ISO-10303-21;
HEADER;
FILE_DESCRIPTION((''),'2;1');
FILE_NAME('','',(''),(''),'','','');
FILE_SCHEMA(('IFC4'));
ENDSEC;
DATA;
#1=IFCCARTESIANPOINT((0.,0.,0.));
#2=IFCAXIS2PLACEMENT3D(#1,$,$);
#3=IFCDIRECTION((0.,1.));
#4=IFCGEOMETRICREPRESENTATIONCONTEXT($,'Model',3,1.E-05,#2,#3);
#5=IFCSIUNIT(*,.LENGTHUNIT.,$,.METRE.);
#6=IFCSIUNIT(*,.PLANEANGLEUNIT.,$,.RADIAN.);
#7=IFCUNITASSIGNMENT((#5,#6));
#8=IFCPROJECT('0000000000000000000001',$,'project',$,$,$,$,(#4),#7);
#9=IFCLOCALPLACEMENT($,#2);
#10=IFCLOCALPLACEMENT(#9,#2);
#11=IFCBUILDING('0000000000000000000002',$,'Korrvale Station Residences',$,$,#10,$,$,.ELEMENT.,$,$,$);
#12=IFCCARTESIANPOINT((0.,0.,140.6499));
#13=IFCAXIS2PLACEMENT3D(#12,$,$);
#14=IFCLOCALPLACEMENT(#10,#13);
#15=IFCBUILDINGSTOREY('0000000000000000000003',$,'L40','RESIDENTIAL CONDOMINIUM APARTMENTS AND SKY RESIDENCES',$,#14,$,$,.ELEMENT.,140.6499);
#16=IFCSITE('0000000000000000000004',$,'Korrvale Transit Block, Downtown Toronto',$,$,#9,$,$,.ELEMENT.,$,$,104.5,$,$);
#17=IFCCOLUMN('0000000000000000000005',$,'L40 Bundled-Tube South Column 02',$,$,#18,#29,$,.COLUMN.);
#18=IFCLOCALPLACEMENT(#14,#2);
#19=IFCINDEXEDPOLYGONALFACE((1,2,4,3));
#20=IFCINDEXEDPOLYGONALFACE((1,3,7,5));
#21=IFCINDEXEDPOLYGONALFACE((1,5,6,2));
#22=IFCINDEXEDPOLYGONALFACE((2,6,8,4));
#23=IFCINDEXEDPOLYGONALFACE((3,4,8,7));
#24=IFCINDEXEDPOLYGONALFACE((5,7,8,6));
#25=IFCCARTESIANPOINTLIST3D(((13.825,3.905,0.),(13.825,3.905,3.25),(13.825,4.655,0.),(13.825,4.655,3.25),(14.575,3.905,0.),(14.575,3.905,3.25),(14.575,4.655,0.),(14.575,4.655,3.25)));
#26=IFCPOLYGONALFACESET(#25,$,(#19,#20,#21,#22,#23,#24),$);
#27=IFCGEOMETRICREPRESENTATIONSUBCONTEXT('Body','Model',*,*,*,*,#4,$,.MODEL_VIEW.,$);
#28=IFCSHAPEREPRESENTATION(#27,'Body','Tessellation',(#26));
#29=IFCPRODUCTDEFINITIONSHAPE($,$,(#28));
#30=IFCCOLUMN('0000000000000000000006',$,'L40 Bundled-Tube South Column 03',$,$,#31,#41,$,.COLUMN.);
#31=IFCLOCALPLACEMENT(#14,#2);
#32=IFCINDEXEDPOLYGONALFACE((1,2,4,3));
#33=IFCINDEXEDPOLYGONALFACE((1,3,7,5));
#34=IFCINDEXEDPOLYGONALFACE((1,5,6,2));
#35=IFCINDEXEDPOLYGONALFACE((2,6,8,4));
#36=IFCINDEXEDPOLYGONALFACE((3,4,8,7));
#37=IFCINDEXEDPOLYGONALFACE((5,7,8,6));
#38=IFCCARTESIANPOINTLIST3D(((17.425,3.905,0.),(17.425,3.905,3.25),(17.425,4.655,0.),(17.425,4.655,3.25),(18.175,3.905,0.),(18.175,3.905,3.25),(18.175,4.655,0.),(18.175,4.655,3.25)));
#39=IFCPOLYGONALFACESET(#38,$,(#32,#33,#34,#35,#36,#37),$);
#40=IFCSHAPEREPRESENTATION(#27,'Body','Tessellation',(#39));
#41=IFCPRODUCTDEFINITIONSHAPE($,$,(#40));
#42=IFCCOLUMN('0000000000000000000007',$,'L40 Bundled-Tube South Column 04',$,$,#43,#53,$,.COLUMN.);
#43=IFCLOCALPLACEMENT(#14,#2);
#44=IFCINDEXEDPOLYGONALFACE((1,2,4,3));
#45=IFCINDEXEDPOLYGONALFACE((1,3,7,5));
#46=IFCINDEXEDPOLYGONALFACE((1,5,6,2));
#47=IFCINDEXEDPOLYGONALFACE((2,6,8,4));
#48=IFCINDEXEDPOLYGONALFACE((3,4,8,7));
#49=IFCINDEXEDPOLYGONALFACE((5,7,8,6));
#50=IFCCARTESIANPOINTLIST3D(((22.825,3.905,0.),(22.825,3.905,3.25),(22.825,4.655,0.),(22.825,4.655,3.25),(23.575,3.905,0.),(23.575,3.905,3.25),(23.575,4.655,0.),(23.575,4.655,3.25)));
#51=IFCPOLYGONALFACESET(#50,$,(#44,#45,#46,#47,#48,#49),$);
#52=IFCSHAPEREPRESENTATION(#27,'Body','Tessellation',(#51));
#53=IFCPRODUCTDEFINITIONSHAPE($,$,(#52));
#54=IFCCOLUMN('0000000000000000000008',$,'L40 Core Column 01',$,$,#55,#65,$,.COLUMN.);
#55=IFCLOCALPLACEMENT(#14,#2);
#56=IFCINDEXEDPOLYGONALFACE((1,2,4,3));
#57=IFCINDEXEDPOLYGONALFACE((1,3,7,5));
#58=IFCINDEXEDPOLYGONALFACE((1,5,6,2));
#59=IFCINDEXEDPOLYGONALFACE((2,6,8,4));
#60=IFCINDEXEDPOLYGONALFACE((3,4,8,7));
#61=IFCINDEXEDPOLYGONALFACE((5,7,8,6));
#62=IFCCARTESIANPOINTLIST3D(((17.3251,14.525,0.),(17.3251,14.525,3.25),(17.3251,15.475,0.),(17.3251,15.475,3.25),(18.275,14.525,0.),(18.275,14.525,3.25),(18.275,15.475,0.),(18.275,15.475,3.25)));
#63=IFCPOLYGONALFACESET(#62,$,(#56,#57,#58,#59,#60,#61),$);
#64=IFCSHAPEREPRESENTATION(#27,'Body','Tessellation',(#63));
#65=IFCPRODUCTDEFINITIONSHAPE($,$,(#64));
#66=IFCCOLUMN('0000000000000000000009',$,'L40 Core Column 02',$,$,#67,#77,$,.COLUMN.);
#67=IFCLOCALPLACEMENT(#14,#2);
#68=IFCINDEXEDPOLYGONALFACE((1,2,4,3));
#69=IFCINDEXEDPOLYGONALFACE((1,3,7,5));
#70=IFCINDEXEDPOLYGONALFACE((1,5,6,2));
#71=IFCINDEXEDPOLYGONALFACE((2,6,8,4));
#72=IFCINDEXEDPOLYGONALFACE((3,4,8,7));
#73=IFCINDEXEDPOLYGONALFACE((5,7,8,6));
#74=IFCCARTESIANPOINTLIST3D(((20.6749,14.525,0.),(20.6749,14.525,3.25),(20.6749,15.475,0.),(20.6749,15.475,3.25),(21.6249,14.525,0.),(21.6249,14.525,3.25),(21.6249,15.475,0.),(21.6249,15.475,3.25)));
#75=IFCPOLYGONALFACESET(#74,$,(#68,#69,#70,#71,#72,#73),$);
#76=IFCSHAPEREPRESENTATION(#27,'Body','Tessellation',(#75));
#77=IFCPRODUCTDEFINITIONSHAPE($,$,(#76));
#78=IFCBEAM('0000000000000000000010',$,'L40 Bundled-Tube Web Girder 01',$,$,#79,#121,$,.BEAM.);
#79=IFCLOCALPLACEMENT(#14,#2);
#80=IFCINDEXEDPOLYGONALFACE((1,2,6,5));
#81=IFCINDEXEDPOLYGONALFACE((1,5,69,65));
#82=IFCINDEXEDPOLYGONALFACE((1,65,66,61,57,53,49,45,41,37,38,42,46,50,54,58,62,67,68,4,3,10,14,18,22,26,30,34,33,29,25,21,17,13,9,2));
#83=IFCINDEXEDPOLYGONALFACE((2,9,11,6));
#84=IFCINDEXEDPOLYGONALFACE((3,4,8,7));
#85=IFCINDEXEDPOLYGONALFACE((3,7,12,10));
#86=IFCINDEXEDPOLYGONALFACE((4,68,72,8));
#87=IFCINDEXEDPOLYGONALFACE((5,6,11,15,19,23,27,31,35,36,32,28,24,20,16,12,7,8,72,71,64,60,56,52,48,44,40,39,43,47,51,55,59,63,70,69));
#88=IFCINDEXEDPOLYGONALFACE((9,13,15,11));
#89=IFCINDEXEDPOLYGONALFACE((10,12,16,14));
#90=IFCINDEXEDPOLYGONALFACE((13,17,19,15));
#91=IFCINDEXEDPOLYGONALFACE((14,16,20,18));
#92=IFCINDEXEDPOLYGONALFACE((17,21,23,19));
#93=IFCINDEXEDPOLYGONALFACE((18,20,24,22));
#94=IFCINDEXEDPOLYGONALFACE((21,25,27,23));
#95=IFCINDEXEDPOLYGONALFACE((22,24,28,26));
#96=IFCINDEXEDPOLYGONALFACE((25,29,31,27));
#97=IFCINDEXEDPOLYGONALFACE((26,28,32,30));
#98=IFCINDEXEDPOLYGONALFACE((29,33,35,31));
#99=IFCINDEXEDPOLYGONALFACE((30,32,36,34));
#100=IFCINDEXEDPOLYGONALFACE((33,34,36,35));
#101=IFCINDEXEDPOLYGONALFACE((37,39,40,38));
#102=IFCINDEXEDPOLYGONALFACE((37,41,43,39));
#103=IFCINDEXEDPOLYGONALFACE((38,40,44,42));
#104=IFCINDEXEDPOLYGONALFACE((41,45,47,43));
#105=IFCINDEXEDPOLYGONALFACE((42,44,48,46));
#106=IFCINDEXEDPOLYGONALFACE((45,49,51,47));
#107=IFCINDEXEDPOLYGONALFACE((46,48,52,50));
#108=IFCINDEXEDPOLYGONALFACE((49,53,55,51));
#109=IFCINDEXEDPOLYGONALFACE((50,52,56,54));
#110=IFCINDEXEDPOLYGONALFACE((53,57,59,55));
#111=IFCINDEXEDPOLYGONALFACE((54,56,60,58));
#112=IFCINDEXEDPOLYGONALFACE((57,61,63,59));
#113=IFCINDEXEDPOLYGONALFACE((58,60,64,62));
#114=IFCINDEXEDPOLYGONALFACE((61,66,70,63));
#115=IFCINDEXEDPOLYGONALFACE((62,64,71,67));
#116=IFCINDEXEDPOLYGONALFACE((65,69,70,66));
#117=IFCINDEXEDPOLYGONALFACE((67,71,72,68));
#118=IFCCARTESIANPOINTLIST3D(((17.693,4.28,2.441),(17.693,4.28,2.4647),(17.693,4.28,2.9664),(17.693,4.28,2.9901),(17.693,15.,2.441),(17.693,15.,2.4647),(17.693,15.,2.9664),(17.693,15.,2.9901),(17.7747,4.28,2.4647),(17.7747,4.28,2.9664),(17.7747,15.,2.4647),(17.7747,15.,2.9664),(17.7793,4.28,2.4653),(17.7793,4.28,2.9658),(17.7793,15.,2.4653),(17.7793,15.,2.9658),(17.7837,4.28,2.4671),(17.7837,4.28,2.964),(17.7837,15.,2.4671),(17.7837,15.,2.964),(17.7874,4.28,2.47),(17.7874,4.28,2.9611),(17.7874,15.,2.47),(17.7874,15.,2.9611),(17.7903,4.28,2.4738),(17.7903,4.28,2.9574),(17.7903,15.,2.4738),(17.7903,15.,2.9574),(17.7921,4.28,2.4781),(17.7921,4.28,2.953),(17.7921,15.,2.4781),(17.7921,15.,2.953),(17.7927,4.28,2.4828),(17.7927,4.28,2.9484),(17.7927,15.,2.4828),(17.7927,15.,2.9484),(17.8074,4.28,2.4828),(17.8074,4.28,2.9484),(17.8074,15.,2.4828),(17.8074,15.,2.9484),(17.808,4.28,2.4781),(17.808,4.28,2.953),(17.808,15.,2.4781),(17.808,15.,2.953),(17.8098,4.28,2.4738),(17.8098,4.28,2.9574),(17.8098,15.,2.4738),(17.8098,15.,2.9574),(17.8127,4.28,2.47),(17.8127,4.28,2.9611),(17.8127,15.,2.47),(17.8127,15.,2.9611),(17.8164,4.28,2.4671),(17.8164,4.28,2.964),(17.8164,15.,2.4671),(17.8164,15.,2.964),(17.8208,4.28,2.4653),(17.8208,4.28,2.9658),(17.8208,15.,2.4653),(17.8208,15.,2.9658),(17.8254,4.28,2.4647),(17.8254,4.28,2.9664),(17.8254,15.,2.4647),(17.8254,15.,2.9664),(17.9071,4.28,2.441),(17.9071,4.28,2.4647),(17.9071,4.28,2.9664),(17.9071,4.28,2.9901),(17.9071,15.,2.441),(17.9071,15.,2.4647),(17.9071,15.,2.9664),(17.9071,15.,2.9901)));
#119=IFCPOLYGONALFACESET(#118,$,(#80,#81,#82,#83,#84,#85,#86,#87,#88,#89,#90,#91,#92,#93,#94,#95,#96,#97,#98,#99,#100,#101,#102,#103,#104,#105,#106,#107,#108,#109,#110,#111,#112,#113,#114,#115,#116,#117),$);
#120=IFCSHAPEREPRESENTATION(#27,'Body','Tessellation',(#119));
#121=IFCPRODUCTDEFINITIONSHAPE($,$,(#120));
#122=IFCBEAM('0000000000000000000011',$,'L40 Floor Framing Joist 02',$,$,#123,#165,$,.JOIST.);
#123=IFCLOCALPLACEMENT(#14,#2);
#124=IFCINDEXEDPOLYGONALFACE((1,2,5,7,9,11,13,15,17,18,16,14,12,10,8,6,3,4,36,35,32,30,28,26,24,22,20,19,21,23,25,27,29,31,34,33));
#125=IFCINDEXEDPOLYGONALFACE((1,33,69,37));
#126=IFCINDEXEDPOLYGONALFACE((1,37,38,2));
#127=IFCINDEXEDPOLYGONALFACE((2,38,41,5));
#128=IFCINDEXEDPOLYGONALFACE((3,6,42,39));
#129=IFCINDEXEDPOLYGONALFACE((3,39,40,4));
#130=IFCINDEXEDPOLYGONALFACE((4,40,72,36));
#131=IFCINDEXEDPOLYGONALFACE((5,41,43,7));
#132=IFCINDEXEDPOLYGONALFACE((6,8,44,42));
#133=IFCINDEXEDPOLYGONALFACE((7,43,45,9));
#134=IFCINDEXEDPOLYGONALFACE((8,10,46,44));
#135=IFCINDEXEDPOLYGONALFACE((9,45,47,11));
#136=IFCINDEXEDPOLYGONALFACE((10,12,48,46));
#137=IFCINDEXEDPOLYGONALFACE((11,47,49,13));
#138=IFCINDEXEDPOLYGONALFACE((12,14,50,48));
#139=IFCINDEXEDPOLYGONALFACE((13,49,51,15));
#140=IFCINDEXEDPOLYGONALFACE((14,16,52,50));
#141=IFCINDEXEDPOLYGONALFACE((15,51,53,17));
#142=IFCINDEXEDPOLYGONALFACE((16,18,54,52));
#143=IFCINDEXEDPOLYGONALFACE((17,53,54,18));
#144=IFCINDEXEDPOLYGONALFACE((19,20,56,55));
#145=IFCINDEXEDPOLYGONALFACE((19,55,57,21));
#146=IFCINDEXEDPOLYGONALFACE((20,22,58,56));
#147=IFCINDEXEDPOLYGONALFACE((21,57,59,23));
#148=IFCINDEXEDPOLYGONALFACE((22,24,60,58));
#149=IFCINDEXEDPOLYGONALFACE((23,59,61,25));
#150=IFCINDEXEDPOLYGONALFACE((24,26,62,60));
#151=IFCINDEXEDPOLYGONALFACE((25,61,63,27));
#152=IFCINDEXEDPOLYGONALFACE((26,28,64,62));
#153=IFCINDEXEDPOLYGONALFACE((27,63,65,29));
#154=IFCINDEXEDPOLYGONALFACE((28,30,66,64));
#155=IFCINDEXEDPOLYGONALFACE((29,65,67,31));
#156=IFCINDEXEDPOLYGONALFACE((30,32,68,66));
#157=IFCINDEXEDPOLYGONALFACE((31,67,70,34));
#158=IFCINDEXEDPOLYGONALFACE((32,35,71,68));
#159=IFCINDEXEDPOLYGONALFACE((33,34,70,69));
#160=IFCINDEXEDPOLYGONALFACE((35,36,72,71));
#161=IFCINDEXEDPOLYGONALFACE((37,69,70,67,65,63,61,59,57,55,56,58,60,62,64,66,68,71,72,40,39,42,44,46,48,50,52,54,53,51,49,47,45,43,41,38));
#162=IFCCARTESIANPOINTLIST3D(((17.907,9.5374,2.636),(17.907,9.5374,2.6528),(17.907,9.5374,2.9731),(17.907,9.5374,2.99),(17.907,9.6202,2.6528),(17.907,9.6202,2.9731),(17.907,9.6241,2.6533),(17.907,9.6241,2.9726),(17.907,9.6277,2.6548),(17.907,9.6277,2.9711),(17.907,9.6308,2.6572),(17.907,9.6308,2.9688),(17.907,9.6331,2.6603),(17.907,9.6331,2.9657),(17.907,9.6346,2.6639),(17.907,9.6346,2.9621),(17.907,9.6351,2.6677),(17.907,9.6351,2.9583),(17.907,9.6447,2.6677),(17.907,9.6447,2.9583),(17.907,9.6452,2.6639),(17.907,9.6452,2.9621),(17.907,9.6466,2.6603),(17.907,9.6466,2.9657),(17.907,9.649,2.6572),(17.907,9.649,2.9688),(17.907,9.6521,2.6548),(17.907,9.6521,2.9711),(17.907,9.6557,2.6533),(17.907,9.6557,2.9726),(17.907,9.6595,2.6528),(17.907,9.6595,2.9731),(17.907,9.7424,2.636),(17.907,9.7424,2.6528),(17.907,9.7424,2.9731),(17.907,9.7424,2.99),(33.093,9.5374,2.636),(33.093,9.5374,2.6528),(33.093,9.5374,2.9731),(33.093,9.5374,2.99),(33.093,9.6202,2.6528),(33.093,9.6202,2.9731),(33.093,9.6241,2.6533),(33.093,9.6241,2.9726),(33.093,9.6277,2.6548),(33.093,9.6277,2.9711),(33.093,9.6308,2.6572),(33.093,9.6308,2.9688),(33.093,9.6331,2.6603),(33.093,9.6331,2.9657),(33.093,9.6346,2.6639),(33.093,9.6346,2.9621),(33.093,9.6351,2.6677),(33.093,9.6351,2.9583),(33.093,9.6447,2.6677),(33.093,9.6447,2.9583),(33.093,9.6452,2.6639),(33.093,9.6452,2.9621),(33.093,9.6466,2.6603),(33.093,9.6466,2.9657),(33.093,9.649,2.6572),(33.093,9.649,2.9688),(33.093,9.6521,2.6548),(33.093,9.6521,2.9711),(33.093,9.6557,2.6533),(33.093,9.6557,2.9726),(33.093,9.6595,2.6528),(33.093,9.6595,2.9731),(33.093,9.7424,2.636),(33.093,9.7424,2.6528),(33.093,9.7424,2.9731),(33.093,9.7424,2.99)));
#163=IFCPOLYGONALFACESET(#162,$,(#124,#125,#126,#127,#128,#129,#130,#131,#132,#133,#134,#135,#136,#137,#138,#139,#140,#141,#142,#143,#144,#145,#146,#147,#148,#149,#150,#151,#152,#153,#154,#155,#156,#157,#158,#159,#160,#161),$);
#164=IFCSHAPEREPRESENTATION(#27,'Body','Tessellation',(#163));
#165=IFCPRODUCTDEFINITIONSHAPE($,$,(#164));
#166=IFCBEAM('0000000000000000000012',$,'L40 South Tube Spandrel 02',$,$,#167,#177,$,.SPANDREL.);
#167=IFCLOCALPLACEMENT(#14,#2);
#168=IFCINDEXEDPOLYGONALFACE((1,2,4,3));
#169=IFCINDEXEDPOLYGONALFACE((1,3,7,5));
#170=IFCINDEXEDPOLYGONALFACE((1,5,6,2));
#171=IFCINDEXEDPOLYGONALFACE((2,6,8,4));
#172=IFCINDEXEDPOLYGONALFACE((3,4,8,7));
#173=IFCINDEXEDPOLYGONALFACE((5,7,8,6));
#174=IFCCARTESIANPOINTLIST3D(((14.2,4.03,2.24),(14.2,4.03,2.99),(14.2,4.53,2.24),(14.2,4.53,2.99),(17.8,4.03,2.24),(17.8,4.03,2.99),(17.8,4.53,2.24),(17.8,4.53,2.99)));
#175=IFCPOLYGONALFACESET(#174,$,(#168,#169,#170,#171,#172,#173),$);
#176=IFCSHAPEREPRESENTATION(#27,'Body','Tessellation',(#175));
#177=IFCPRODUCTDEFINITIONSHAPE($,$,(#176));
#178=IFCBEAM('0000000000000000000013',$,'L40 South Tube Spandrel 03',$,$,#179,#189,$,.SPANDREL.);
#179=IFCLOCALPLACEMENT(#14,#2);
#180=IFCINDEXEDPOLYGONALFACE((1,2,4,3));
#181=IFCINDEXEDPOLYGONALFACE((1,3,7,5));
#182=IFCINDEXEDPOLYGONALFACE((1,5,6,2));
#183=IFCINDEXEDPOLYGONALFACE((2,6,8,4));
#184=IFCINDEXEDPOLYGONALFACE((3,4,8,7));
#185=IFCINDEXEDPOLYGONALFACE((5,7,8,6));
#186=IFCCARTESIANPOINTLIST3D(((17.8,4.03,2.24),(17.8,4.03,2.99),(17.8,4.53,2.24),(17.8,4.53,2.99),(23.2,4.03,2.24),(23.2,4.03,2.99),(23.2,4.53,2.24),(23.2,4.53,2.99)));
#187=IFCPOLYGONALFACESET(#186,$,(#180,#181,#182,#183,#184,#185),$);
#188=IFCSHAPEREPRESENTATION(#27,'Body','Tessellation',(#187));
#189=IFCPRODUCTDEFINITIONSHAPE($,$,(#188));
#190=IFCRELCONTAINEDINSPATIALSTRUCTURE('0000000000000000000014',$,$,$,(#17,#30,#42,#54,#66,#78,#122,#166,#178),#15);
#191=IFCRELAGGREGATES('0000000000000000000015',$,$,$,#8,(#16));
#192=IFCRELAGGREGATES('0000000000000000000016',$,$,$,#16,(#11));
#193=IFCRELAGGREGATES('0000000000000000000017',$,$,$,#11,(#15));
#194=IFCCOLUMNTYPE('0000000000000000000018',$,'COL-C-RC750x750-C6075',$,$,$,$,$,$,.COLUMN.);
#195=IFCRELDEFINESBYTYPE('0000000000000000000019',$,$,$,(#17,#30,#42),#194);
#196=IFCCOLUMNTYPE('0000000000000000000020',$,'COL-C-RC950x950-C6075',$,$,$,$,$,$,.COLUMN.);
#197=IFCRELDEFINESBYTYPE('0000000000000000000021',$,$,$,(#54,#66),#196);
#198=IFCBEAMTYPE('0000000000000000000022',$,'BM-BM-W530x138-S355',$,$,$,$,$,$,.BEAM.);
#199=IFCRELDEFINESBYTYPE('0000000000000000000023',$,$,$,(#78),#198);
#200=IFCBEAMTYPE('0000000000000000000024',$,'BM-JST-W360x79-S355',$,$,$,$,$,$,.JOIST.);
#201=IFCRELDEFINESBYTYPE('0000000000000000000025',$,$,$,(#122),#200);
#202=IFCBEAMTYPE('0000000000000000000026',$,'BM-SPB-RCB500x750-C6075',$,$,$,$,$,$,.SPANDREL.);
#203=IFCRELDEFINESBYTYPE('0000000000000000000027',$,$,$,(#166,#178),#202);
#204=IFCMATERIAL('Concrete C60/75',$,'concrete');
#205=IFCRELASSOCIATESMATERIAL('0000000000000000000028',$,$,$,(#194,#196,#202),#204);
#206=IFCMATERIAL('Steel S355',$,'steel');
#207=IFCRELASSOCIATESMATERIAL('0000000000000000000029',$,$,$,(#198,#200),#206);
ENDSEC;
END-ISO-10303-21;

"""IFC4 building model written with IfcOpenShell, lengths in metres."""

from ifc_helpers import new_model, si_unit, direction, frame, origin, origin_2d, place, context, subcontext, project, spatial, rectangle, i_section, extrude, material, material_profile, profile_set, type_object, element, save


model = new_model("IFC4")

# Units and contexts
model_context = context("Model", 3, precision=1e-05, world=origin(), true_north=direction((0.0, 1.0)))
body_context = subcontext(model_context, "Body", "Model", "MODEL_VIEW")
ifc_project = project(units=[si_unit("LENGTHUNIT", "METRE"), si_unit("PLANEANGLEUNIT", "RADIAN")], contexts=[model_context])

# Site, building, storey
site_placement = place(None, origin())
site = spatial("IfcSite", under=ifc_project, at=site_placement, Name="Korrvale Transit Block, Downtown Toronto", CompositionType="ELEMENT", RefElevation=104.5)
building_placement = place(site_placement, origin())
building = spatial("IfcBuilding", under=site, at=building_placement, Name="Korrvale Station Residences", CompositionType="ELEMENT")
storey_placement = place(building_placement, frame((0.0, 0.0, 140.6499)))
storey = spatial("IfcBuildingStorey", under=building, at=storey_placement, Name="L40", Description="RESIDENTIAL CONDOMINIUM APARTMENTS AND SKY RESIDENCES", CompositionType="ELEMENT", Elevation=140.6499)

# Columns
ifc_material_1 = material(Name="Concrete C60/75", Category="concrete")
ifc_material_profile_1 = material_profile(ifc_material_1, rectangle(XDim=0.75, YDim=0.75, at=origin_2d()), Name="RC750x750")
ifc_profile_set_1 = profile_set([ifc_material_profile_1], Name="Concrete C60/75")
column_type_1 = type_object("IfcColumnType", Name="COL-C-RC750x750-C6075", PredefinedType="COLUMN", material=ifc_profile_set_1)
for number, where, z_axis, x_axis, name in (
    (1, (14.2, 4.28, 0.0), (0.0, 0.0, 1.0), (1.0, 0.0, 0.0), "L40 Bundled-Tube South Column 02"),
    (2, (17.8, 4.28, 0.0), (0.0, 0.0, 1.0), (1.0, 0.0, 0.0), "L40 Bundled-Tube South Column 03"),
    (3, (23.2, 4.28, 0.0), (0.0, 0.0, 1.0), (1.0, 0.0, 0.0), "L40 Bundled-Tube South Column 04"),
):
    element("IfcColumn", number, at=place(storey_placement, frame(where, z_axis=z_axis, x_axis=x_axis)), inside=storey, type_object=column_type_1, Name=name, PredefinedType="COLUMN", context=body_context, shape_type="SweptSolid", body=[
        extrude(rectangle(XDim=0.75, YDim=0.75, at=origin_2d()), origin(), (0.0, 0.0, 1.0), 3.25),
    ])
ifc_material_profile_2 = material_profile(ifc_material_1, rectangle(XDim=0.95, YDim=0.95, at=origin_2d()), Name="RC950x950")
ifc_profile_set_2 = profile_set([ifc_material_profile_2], Name="Concrete C60/75")
column_type_2 = type_object("IfcColumnType", Name="COL-C-RC950x950-C6075", PredefinedType="COLUMN", material=ifc_profile_set_2)
for number, where, z_axis, x_axis, name in (
    (4, (17.8, 15.0, 0.0), (0.0, 0.0, 1.0), (1.0, 0.0, 0.0), "L40 Core Column 01"),
    (5, (21.1499, 15.0, 0.0), (0.0, 0.0, 1.0), (1.0, 0.0, 0.0), "L40 Core Column 02"),
):
    element("IfcColumn", number, at=place(storey_placement, frame(where, z_axis=z_axis, x_axis=x_axis)), inside=storey, type_object=column_type_2, Name=name, PredefinedType="COLUMN", context=body_context, shape_type="SweptSolid", body=[
        extrude(rectangle(XDim=0.95, YDim=0.95, at=origin_2d()), origin(), (0.0, 0.0, 1.0), 3.25),
    ])

# Beams
ifc_material_2 = material(Name="Steel S355", Category="steel")
ifc_material_profile_3 = material_profile(ifc_material_2, i_section(OverallWidth=0.2141, OverallDepth=0.5491, WebThickness=0.0146, FlangeThickness=0.0237, FilletRadius=0.0181, at=origin_2d()), Name="W530x138")
ifc_profile_set_3 = profile_set([ifc_material_profile_3], Name="Steel S355")
beam_type_1 = type_object("IfcBeamType", Name="BM-BM-W530x138-S355", PredefinedType="BEAM", material=ifc_profile_set_3)
beam_1_placement = place(storey_placement, frame((17.8, 4.28, 2.7156), z_axis=(0.0, 1.0, 0.0), x_axis=(-1.0, 0.0, 0.0)))
element("IfcBeam", 6, at=beam_1_placement, inside=storey, type_object=beam_type_1, Name="L40 Bundled-Tube Web Girder 01", PredefinedType="BEAM", context=body_context, shape_type="SweptSolid", body=[
    extrude(i_section(OverallWidth=0.2141, OverallDepth=0.5491, WebThickness=0.0146, FlangeThickness=0.0237, FilletRadius=0.0181, at=origin_2d()), origin(), (0.0, 0.0, 1.0), 10.72),
])
ifc_material_profile_4 = material_profile(ifc_material_2, i_section(OverallWidth=0.2051, OverallDepth=0.354, WebThickness=0.0095, FlangeThickness=0.0168, FilletRadius=0.0149, at=origin_2d()), Name="W360x79")
ifc_profile_set_4 = profile_set([ifc_material_profile_4], Name="Steel S355")
beam_type_2 = type_object("IfcBeamType", Name="BM-JST-W360x79-S355", PredefinedType="JOIST", material=ifc_profile_set_4)
beam_2_placement = place(storey_placement, frame((17.907, 9.6399, 2.813), z_axis=(1.0, 0.0, 0.0), x_axis=(0.0, 1.0, 0.0)))
element("IfcBeam", 7, at=beam_2_placement, inside=storey, type_object=beam_type_2, Name="L40 Floor Framing Joist 02", PredefinedType="JOIST", context=body_context, shape_type="SweptSolid", body=[
    extrude(i_section(OverallWidth=0.2051, OverallDepth=0.354, WebThickness=0.0095, FlangeThickness=0.0168, FilletRadius=0.0149, at=origin_2d()), origin(), (0.0, 0.0, 1.0), 15.186),
])
ifc_material_profile_5 = material_profile(ifc_material_1, rectangle(XDim=0.5, YDim=0.75, at=origin_2d()), Name="RCB500x750")
ifc_profile_set_5 = profile_set([ifc_material_profile_5], Name="Concrete C60/75")
beam_type_3 = type_object("IfcBeamType", Name="BM-SPB-RCB500x750-C6075", PredefinedType="SPANDREL", material=ifc_profile_set_5)
beam_3_placement = place(storey_placement, frame((14.2, 4.28, 2.615), z_axis=(1.0, 0.0, 0.0), x_axis=(0.0, 1.0, 0.0)))
element("IfcBeam", 8, at=beam_3_placement, inside=storey, type_object=beam_type_3, Name="L40 South Tube Spandrel 02", PredefinedType="SPANDREL", context=body_context, shape_type="SweptSolid", body=[
    extrude(rectangle(XDim=0.5, YDim=0.75, at=origin_2d()), origin(), (0.0, 0.0, 1.0), 3.6001),
])
beam_4_placement = place(storey_placement, frame((17.8, 4.28, 2.615), z_axis=(1.0, 0.0, 0.0), x_axis=(0.0, 1.0, 0.0)))
element("IfcBeam", 9, at=beam_4_placement, inside=storey, type_object=beam_type_3, Name="L40 South Tube Spandrel 03", PredefinedType="SPANDREL", context=body_context, shape_type="SweptSolid", body=[
    extrude(rectangle(XDim=0.5, YDim=0.75, at=origin_2d()), origin(), (0.0, 0.0, 1.0), 5.3999),
])

save(model, "model.ifc")
